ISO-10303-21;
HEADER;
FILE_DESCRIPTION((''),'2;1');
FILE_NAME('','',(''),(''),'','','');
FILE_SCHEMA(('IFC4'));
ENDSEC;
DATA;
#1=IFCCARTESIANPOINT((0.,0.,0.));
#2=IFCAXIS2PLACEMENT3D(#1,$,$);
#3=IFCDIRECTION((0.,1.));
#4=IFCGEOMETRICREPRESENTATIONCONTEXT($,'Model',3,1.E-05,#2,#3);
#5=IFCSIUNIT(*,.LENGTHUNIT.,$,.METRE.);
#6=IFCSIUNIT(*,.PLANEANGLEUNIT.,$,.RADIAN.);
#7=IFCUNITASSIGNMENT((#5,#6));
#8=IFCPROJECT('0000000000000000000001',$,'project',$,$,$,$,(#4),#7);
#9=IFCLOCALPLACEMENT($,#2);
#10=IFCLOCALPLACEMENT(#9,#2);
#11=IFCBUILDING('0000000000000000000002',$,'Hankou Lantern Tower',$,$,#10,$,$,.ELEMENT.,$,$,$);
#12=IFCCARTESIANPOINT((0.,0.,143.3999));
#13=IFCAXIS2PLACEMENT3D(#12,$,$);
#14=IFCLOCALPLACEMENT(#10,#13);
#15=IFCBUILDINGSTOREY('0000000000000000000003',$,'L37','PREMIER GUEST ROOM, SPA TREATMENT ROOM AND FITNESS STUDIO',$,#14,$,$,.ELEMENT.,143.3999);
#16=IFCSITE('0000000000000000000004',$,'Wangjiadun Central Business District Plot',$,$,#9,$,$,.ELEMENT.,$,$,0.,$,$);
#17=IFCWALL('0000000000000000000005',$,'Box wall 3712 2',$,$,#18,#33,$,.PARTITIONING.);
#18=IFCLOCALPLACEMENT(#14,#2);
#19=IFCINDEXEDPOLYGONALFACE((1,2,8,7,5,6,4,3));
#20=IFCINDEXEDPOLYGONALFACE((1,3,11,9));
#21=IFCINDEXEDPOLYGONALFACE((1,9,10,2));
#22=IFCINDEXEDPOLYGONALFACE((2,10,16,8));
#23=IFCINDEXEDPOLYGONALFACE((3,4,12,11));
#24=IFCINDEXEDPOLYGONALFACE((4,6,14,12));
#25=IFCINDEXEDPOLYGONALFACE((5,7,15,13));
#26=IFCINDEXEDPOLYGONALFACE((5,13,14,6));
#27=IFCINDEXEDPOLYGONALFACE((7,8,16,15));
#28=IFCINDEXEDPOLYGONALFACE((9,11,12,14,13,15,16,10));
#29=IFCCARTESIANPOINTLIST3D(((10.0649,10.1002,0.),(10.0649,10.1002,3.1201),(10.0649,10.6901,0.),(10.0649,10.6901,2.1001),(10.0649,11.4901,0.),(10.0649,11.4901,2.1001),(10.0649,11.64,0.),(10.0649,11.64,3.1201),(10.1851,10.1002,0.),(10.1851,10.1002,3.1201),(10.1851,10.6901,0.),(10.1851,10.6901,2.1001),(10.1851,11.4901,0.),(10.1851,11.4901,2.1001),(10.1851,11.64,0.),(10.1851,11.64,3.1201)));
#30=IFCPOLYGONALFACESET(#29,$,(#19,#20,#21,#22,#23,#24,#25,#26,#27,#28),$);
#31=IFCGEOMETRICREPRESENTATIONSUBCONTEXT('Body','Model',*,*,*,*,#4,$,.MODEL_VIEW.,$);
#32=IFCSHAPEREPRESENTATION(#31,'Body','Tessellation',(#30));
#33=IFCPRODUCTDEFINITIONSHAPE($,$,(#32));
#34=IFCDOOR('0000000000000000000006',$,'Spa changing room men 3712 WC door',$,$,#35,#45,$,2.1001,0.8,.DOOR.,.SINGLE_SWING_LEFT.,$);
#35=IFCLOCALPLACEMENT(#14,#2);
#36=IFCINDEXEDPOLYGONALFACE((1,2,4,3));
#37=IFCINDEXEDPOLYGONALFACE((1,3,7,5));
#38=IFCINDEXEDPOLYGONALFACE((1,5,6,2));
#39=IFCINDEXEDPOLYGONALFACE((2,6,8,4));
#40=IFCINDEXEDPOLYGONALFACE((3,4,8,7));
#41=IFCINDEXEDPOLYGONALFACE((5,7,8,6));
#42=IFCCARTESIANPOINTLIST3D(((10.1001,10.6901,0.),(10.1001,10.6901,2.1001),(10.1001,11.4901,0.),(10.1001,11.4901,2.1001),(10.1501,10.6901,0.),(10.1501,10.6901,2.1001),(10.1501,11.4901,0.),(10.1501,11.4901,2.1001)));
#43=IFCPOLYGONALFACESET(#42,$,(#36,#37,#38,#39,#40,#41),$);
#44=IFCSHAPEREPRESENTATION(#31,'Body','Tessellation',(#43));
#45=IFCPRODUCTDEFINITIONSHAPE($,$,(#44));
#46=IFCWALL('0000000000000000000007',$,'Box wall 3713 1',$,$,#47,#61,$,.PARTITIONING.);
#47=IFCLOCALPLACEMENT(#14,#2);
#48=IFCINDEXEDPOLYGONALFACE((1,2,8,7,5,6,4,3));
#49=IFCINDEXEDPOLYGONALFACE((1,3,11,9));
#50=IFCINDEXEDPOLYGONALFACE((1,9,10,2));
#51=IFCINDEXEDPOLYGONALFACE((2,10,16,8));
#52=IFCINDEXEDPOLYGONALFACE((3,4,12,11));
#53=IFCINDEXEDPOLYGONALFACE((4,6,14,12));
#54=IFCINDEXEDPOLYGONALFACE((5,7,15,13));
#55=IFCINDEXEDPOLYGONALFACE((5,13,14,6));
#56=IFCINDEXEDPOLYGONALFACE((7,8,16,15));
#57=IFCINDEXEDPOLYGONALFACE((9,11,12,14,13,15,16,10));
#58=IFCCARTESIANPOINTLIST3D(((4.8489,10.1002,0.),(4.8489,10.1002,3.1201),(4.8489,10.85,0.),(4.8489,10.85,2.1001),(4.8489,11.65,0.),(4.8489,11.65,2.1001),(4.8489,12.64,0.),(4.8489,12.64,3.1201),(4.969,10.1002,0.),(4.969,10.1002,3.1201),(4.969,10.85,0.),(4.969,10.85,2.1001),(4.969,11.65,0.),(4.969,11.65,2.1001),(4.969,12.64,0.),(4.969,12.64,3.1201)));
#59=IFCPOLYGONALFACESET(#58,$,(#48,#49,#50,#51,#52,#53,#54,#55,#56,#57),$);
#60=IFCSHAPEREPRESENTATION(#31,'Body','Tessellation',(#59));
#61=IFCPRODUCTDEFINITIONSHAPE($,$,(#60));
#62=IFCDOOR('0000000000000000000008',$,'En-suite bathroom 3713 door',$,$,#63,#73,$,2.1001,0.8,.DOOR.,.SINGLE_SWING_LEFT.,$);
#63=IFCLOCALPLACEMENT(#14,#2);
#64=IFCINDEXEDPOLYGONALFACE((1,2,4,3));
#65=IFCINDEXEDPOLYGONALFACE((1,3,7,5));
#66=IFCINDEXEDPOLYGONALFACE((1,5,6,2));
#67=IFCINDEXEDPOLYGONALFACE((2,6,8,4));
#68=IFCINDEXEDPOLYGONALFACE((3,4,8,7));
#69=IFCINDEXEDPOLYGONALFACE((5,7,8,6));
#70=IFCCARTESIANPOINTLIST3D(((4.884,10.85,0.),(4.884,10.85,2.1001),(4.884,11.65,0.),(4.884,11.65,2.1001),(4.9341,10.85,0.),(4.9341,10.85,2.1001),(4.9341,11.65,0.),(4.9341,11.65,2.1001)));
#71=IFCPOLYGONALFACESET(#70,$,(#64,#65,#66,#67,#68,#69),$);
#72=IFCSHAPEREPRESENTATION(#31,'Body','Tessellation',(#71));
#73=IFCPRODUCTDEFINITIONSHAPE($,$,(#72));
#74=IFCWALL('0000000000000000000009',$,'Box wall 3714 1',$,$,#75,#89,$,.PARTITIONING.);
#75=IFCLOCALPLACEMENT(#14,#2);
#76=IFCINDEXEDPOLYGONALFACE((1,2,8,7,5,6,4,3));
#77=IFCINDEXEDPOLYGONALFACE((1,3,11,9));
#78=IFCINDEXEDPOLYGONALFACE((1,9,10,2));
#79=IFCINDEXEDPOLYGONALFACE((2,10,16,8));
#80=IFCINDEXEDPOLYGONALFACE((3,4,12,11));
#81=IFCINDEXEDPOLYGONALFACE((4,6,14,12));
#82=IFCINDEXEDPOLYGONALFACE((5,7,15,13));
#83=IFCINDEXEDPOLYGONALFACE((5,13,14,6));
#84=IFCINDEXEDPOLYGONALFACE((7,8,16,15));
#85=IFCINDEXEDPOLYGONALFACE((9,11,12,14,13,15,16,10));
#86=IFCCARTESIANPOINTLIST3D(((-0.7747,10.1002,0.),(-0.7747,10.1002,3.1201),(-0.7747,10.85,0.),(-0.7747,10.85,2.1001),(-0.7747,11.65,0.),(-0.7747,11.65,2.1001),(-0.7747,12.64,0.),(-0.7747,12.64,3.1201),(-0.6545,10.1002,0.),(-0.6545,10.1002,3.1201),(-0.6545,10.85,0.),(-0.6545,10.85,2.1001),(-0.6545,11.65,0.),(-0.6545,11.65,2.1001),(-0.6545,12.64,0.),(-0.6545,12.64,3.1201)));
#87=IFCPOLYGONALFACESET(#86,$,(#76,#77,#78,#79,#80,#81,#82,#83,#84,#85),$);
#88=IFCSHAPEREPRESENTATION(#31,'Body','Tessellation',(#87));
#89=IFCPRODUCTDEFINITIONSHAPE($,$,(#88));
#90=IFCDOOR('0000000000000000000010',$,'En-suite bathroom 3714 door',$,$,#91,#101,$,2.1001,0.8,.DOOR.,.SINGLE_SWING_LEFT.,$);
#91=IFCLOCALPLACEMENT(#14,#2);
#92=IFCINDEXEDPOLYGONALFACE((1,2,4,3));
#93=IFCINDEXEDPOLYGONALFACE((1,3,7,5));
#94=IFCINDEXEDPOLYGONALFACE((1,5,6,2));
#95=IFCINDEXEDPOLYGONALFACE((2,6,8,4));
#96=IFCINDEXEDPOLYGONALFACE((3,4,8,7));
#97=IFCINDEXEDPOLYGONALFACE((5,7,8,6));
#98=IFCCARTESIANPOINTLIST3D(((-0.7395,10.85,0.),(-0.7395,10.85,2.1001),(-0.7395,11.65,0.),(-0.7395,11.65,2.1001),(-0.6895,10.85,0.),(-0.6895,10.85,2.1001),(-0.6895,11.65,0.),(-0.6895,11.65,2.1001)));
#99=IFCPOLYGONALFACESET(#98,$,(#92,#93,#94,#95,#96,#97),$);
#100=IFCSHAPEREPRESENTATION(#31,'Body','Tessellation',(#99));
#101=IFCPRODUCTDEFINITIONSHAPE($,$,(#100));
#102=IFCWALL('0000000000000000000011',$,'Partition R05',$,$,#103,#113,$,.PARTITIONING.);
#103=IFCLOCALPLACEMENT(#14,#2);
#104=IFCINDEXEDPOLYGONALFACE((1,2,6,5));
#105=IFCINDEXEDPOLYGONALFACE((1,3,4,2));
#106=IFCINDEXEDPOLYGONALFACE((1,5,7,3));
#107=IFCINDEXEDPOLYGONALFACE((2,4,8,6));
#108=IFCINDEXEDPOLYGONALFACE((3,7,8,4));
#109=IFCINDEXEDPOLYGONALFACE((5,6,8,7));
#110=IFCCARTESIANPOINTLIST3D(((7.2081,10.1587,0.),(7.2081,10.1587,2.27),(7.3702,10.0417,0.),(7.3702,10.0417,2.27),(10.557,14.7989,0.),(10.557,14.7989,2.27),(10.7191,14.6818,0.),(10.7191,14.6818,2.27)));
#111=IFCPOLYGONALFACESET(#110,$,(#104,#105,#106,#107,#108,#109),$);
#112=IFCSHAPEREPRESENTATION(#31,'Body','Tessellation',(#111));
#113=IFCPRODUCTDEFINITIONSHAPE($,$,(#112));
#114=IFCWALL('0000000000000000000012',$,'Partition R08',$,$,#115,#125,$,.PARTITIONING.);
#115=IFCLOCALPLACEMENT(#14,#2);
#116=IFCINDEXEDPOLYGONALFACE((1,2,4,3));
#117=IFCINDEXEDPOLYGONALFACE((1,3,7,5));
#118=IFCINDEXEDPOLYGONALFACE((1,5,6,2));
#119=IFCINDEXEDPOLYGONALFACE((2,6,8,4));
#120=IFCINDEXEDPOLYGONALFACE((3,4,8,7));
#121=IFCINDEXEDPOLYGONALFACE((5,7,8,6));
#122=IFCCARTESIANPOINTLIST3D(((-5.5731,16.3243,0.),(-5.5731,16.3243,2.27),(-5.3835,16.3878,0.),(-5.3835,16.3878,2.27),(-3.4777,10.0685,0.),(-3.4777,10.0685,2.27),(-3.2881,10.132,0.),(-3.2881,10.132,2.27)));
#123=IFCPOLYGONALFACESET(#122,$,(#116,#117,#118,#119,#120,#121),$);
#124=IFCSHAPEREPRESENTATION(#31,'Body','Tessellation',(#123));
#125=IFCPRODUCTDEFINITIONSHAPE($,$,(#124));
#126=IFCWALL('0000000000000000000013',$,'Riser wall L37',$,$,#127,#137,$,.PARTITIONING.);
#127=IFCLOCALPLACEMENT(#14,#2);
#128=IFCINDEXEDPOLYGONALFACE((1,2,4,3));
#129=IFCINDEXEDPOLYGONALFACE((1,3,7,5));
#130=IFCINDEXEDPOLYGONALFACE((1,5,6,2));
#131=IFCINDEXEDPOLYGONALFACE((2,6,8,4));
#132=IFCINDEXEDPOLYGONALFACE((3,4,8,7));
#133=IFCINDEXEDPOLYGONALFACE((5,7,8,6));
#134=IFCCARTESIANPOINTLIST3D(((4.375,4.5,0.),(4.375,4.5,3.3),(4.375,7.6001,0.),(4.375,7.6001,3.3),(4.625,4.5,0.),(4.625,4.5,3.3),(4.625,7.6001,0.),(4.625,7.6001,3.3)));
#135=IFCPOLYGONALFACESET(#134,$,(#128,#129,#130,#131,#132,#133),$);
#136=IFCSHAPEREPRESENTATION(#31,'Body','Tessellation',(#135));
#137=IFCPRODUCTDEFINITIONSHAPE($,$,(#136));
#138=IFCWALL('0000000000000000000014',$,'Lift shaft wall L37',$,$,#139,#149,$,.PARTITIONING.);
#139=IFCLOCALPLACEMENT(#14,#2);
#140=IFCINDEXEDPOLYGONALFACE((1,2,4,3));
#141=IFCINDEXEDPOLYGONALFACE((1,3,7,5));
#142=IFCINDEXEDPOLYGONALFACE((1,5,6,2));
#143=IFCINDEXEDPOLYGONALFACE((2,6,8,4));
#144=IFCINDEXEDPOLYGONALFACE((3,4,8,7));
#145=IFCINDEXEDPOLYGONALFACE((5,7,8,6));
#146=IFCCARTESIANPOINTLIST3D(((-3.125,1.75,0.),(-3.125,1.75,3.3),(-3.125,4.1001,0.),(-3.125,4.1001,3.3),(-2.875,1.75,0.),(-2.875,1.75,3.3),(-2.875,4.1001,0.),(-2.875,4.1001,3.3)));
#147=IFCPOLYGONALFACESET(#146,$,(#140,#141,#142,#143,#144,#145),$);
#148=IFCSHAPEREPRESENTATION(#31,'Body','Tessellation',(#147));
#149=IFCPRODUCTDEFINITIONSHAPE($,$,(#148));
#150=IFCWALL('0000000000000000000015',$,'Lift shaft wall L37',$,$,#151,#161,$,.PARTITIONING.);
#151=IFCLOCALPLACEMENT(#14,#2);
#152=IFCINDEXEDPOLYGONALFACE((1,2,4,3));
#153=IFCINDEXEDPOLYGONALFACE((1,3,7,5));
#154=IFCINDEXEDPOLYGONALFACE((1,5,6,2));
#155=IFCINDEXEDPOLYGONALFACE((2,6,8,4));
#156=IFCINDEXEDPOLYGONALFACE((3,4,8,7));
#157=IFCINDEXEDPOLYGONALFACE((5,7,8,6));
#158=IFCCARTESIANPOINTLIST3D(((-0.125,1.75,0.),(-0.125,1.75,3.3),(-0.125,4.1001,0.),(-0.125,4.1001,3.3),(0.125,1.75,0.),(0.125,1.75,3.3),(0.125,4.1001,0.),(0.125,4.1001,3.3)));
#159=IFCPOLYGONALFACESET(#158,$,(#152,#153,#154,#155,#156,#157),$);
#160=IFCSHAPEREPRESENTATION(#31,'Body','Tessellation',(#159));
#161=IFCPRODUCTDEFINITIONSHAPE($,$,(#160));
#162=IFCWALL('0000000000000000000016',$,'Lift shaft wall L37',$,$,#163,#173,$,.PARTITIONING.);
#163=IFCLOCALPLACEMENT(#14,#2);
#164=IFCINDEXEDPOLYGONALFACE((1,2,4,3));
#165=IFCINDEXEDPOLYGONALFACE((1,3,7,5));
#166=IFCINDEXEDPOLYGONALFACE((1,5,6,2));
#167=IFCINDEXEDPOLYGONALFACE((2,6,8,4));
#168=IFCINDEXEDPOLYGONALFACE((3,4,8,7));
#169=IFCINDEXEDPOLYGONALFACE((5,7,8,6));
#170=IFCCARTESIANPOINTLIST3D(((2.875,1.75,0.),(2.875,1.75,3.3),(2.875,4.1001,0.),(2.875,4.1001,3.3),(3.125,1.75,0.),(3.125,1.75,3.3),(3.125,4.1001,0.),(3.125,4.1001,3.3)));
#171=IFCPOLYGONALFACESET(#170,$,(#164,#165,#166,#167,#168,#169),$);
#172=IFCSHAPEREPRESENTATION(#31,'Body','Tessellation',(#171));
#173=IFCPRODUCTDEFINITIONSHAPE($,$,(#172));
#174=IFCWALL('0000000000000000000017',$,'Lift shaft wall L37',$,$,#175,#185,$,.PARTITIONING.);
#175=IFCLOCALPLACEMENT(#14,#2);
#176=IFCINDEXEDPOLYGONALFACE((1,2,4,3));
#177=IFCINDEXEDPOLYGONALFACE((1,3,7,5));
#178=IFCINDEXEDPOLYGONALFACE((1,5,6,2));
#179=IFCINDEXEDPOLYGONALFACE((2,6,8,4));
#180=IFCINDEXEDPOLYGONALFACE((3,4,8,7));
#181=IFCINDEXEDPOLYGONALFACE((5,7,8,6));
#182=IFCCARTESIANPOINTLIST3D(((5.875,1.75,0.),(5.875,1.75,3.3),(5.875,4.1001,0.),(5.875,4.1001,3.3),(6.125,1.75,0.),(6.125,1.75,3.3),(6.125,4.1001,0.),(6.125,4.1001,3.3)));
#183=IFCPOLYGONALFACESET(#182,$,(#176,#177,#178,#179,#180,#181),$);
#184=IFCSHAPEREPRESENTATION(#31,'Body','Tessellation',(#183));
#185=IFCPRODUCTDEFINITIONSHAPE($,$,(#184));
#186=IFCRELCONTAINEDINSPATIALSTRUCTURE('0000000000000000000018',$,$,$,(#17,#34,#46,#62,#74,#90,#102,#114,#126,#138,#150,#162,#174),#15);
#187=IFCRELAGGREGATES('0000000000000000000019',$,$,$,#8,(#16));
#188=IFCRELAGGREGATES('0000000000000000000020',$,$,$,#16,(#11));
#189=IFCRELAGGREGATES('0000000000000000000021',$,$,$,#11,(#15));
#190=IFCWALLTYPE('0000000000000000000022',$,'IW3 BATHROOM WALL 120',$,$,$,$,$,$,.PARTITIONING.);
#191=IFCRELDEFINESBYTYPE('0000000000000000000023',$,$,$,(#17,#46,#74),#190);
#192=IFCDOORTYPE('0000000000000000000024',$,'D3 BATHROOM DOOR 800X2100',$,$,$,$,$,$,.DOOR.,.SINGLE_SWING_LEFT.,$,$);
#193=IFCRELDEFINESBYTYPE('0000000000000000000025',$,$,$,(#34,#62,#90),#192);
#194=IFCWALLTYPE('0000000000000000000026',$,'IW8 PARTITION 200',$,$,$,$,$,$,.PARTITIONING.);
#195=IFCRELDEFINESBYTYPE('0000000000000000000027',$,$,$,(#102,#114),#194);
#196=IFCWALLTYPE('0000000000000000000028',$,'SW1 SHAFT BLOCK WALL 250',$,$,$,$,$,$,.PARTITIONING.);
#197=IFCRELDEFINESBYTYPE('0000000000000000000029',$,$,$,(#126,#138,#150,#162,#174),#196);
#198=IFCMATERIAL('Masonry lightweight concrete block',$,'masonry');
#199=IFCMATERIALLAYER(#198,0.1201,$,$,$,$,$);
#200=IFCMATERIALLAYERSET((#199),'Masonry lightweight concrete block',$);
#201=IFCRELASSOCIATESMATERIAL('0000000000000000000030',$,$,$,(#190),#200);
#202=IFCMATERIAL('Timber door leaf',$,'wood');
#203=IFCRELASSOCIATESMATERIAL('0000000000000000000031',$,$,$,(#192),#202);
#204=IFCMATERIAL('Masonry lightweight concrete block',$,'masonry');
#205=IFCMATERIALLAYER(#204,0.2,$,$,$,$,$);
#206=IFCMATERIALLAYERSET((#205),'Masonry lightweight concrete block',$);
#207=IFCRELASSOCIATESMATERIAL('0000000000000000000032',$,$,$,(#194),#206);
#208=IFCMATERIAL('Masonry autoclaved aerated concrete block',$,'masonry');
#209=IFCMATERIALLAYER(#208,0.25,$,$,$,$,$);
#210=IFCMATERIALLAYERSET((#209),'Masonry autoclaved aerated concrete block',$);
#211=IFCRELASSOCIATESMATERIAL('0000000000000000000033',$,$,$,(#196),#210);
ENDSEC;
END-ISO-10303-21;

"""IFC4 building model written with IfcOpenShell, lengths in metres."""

from ifc_helpers import new_model, si_unit, direction, frame, frame_2d, origin, place, context, subcontext, project, spatial, rectangle, extrude, material, layer, layer_set, type_object, element, fill, save


model = new_model("IFC4")

# Units and contexts
model_context = context("Model", 3, precision=1e-05, world=origin(), true_north=direction((0.0, 1.0)))
body_context = subcontext(model_context, "Body", "Model", "MODEL_VIEW")
ifc_project = project(units=[si_unit("LENGTHUNIT", "METRE"), si_unit("PLANEANGLEUNIT", "RADIAN")], contexts=[model_context])

# Site, building, storey
site_placement = place(None, origin())
site = spatial("IfcSite", under=ifc_project, at=site_placement, Name="Wangjiadun Central Business District Plot", CompositionType="ELEMENT", RefElevation=0.0)
building_placement = place(site_placement, origin())
building = spatial("IfcBuilding", under=site, at=building_placement, Name="Hankou Lantern Tower", CompositionType="ELEMENT")
storey_placement = place(building_placement, frame((0.0, 0.0, 143.3999)))
storey = spatial("IfcBuildingStorey", under=building, at=storey_placement, Name="L37", Description="PREMIER GUEST ROOM, SPA TREATMENT ROOM AND FITNESS STUDIO", CompositionType="ELEMENT", Elevation=143.3999)

# Walls, openings, doors
ifc_material_1 = material(Name="Masonry lightweight concrete block", Category="masonry")
ifc_layer_1 = layer(ifc_material_1, 0.1201)
ifc_layer_set_1 = layer_set([ifc_layer_1], Name="Masonry lightweight concrete block")
wall_type_1 = type_object("IfcWallType", Name="IW3 BATHROOM WALL 120", PredefinedType="PARTITIONING", material=ifc_layer_set_1)
wall_1_placement = place(storey_placement, frame((10.125, 10.1001, 0.0), z_axis=(0.0, 0.0, 1.0), x_axis=(0.0, 1.0, 0.0)))
wall_1 = element("IfcWall", 1, at=wall_1_placement, inside=storey, type_object=wall_type_1, Name="Box wall 3712 2", PredefinedType="PARTITIONING", context=body_context, shape_type="SweptSolid", body=[
    extrude(rectangle(XDim=1.5398, YDim=0.1201, at=frame_2d((0.77, 0.0))), origin(), (0.0, 0.0, 1.0), 3.1201),
])
opening_1_placement = place(wall_1_placement, frame((0.5901, 0.0, 0.0)))
opening_1 = element("IfcOpeningElement", 2, at=opening_1_placement, cuts=wall_1, PredefinedType="OPENING", context=body_context, shape_type="SweptSolid", body=[
    extrude(rectangle(XDim=0.8, YDim=2.1001, at=frame_2d((0.3999, 1.05))), frame((0.0, 0.0701, 0.0), z_axis=(0.0, -1.0, 0.0), x_axis=(1.0, 0.0, 0.0)), (0.0, 0.0, 1.0), 0.1401),
])
ifc_material_2 = material(Name="Timber door leaf", Category="wood")
door_type_1 = type_object("IfcDoorType", Name="D3 BATHROOM DOOR 800X2100", OperationType="SINGLE_SWING_LEFT", PredefinedType="DOOR", material=ifc_material_2)
door_1_placement = place(opening_1_placement, origin())
door_1 = element("IfcDoor", 3, at=door_1_placement, inside=storey, type_object=door_type_1, Name="Spa changing room men 3712 WC door", OperationType="SINGLE_SWING_LEFT", OverallHeight=2.1001, OverallWidth=0.8, PredefinedType="DOOR", context=body_context, shape_type="SweptSolid", body=[
    extrude(rectangle(XDim=0.8, YDim=2.1001, at=frame_2d((0.3999, 1.05))), frame((0.0, 0.0249, 0.0), z_axis=(0.0, -1.0, 0.0), x_axis=(1.0, 0.0, 0.0)), (0.0, 0.0, 1.0), 0.05),
])
fill(opening_1, door_1)
wall_2_placement = place(storey_placement, frame((4.9089, 10.1001, 0.0), z_axis=(0.0, 0.0, 1.0), x_axis=(0.0, 1.0, 0.0)))
wall_2 = element("IfcWall", 4, at=wall_2_placement, inside=storey, type_object=wall_type_1, Name="Box wall 3713 1", PredefinedType="PARTITIONING", context=body_context, shape_type="SweptSolid", body=[
    extrude(rectangle(XDim=2.5398, YDim=0.1201, at=frame_2d((1.27, 0.0))), origin(), (0.0, 0.0, 1.0), 3.1201),
])
opening_2_placement = place(wall_2_placement, frame((0.75, 0.0, 0.0)))
opening_2 = element("IfcOpeningElement", 5, at=opening_2_placement, cuts=wall_2, PredefinedType="OPENING", context=body_context, shape_type="SweptSolid", body=[
    extrude(rectangle(XDim=0.8, YDim=2.1001, at=frame_2d((0.3999, 1.05))), frame((0.0, 0.0701, 0.0), z_axis=(0.0, -1.0, 0.0), x_axis=(1.0, 0.0, 0.0)), (0.0, 0.0, 1.0), 0.1401),
])
door_2_placement = place(opening_2_placement, origin())
door_2 = element("IfcDoor", 6, at=door_2_placement, inside=storey, type_object=door_type_1, Name="En-suite bathroom 3713 door", OperationType="SINGLE_SWING_LEFT", OverallHeight=2.1001, OverallWidth=0.8, PredefinedType="DOOR", context=body_context, shape_type="SweptSolid", body=[
    extrude(rectangle(XDim=0.8, YDim=2.1001, at=frame_2d((0.3999, 1.05))), frame((0.0, 0.0249, 0.0), z_axis=(0.0, -1.0, 0.0), x_axis=(1.0, 0.0, 0.0)), (0.0, 0.0, 1.0), 0.05),
])
fill(opening_2, door_2)
wall_3_placement = place(storey_placement, frame((-0.7146, 10.1001, 0.0), z_axis=(0.0, 0.0, 1.0), x_axis=(0.0, 1.0, 0.0)))
wall_3 = element("IfcWall", 7, at=wall_3_placement, inside=storey, type_object=wall_type_1, Name="Box wall 3714 1", PredefinedType="PARTITIONING", context=body_context, shape_type="SweptSolid", body=[
    extrude(rectangle(XDim=2.5398, YDim=0.1201, at=frame_2d((1.27, 0.0))), origin(), (0.0, 0.0, 1.0), 3.1201),
])
opening_3_placement = place(wall_3_placement, frame((0.75, 0.0, 0.0)))
opening_3 = element("IfcOpeningElement", 8, at=opening_3_placement, cuts=wall_3, PredefinedType="OPENING", context=body_context, shape_type="SweptSolid", body=[
    extrude(rectangle(XDim=0.8, YDim=2.1001, at=frame_2d((0.3999, 1.05))), frame((0.0, 0.0701, 0.0), z_axis=(0.0, -1.0, 0.0), x_axis=(1.0, 0.0, 0.0)), (0.0, 0.0, 1.0), 0.1401),
])
door_3_placement = place(opening_3_placement, origin())
door_3 = element("IfcDoor", 9, at=door_3_placement, inside=storey, type_object=door_type_1, Name="En-suite bathroom 3714 door", OperationType="SINGLE_SWING_LEFT", OverallHeight=2.1001, OverallWidth=0.8, PredefinedType="DOOR", context=body_context, shape_type="SweptSolid", body=[
    extrude(rectangle(XDim=0.8, YDim=2.1001, at=frame_2d((0.3999, 1.05))), frame((0.0, 0.0249, 0.0), z_axis=(0.0, -1.0, 0.0), x_axis=(1.0, 0.0, 0.0)), (0.0, 0.0, 1.0), 0.05),
])
fill(opening_3, door_3)

# Walls
ifc_material_3 = material(Name="Masonry lightweight concrete block", Category="masonry")
ifc_layer_2 = layer(ifc_material_3, 0.2)
ifc_layer_set_2 = layer_set([ifc_layer_2], Name="Masonry lightweight concrete block")
wall_type_2 = type_object("IfcWallType", Name="IW8 PARTITION 200", PredefinedType="PARTITIONING", material=ifc_layer_set_2)
wall_4_placement = place(storey_placement, frame((7.2891, 10.1001, 0.0), z_axis=(0.0, 0.0, 1.0), x_axis=(0.585223, 0.810873, 0.0)))
element("IfcWall", 10, at=wall_4_placement, inside=storey, type_object=wall_type_2, Name="Partition R05", PredefinedType="PARTITIONING", context=body_context, shape_type="SweptSolid", body=[
    extrude(rectangle(XDim=5.7224, YDim=0.2, at=frame_2d((2.8613, 0.0))), origin(), (0.0, 0.0, 1.0), 2.27),
])
wall_5_placement = place(storey_placement, frame((-3.3828, 10.1001, 0.0), z_axis=(0.0, 0.0, 1.0), x_axis=(-0.317615, 0.94822, 0.0)))
element("IfcWall", 11, at=wall_5_placement, inside=storey, type_object=wall_type_2, Name="Partition R08", PredefinedType="PARTITIONING", context=body_context, shape_type="SweptSolid", body=[
    extrude(rectangle(XDim=6.5974, YDim=0.2, at=frame_2d((3.2988, 0.0))), origin(), (0.0, 0.0, 1.0), 2.27),
])
ifc_material_4 = material(Name="Masonry autoclaved aerated concrete block", Category="masonry")
ifc_layer_3 = layer(ifc_material_4, 0.25)
ifc_layer_set_3 = layer_set([ifc_layer_3], Name="Masonry autoclaved aerated concrete block")
wall_type_3 = type_object("IfcWallType", Name="SW1 SHAFT BLOCK WALL 250", PredefinedType="PARTITIONING", material=ifc_layer_set_3)
wall_6_placement = place(storey_placement, frame((4.5, 4.5, 0.0), z_axis=(0.0, 0.0, 1.0), x_axis=(0.0, 1.0, 0.0)))
element("IfcWall", 12, at=wall_6_placement, inside=storey, type_object=wall_type_3, Name="Riser wall L37", PredefinedType="PARTITIONING", context=body_context, shape_type="SweptSolid", body=[
    extrude(rectangle(XDim=3.1001, YDim=0.25, at=frame_2d((1.55, 0.0))), origin(), (0.0, 0.0, 1.0), 3.3),
])
for number, where, z_axis, x_axis, name in (
    (13, (-3.0, 1.75, 0.0), (0.0, 0.0, 1.0), (0.0, 1.0, 0.0), "Lift shaft wall L37"),
    (14, (0.0, 1.75, 0.0), (0.0, 0.0, 1.0), (0.0, 1.0, 0.0), "Lift shaft wall L37"),
    (15, (3.0, 1.75, 0.0), (0.0, 0.0, 1.0), (0.0, 1.0, 0.0), "Lift shaft wall L37"),
    (16, (6.0, 1.75, 0.0), (0.0, 0.0, 1.0), (0.0, 1.0, 0.0), "Lift shaft wall L37"),
):
    element("IfcWall", number, at=place(storey_placement, frame(where, z_axis=z_axis, x_axis=x_axis)), inside=storey, type_object=wall_type_3, Name=name, PredefinedType="PARTITIONING", context=body_context, shape_type="SweptSolid", body=[
        extrude(rectangle(XDim=2.3501, YDim=0.25, at=frame_2d((1.175, 0.0))), origin(), (0.0, 0.0, 1.0), 3.3),
    ])

save(model, "model.ifc")
